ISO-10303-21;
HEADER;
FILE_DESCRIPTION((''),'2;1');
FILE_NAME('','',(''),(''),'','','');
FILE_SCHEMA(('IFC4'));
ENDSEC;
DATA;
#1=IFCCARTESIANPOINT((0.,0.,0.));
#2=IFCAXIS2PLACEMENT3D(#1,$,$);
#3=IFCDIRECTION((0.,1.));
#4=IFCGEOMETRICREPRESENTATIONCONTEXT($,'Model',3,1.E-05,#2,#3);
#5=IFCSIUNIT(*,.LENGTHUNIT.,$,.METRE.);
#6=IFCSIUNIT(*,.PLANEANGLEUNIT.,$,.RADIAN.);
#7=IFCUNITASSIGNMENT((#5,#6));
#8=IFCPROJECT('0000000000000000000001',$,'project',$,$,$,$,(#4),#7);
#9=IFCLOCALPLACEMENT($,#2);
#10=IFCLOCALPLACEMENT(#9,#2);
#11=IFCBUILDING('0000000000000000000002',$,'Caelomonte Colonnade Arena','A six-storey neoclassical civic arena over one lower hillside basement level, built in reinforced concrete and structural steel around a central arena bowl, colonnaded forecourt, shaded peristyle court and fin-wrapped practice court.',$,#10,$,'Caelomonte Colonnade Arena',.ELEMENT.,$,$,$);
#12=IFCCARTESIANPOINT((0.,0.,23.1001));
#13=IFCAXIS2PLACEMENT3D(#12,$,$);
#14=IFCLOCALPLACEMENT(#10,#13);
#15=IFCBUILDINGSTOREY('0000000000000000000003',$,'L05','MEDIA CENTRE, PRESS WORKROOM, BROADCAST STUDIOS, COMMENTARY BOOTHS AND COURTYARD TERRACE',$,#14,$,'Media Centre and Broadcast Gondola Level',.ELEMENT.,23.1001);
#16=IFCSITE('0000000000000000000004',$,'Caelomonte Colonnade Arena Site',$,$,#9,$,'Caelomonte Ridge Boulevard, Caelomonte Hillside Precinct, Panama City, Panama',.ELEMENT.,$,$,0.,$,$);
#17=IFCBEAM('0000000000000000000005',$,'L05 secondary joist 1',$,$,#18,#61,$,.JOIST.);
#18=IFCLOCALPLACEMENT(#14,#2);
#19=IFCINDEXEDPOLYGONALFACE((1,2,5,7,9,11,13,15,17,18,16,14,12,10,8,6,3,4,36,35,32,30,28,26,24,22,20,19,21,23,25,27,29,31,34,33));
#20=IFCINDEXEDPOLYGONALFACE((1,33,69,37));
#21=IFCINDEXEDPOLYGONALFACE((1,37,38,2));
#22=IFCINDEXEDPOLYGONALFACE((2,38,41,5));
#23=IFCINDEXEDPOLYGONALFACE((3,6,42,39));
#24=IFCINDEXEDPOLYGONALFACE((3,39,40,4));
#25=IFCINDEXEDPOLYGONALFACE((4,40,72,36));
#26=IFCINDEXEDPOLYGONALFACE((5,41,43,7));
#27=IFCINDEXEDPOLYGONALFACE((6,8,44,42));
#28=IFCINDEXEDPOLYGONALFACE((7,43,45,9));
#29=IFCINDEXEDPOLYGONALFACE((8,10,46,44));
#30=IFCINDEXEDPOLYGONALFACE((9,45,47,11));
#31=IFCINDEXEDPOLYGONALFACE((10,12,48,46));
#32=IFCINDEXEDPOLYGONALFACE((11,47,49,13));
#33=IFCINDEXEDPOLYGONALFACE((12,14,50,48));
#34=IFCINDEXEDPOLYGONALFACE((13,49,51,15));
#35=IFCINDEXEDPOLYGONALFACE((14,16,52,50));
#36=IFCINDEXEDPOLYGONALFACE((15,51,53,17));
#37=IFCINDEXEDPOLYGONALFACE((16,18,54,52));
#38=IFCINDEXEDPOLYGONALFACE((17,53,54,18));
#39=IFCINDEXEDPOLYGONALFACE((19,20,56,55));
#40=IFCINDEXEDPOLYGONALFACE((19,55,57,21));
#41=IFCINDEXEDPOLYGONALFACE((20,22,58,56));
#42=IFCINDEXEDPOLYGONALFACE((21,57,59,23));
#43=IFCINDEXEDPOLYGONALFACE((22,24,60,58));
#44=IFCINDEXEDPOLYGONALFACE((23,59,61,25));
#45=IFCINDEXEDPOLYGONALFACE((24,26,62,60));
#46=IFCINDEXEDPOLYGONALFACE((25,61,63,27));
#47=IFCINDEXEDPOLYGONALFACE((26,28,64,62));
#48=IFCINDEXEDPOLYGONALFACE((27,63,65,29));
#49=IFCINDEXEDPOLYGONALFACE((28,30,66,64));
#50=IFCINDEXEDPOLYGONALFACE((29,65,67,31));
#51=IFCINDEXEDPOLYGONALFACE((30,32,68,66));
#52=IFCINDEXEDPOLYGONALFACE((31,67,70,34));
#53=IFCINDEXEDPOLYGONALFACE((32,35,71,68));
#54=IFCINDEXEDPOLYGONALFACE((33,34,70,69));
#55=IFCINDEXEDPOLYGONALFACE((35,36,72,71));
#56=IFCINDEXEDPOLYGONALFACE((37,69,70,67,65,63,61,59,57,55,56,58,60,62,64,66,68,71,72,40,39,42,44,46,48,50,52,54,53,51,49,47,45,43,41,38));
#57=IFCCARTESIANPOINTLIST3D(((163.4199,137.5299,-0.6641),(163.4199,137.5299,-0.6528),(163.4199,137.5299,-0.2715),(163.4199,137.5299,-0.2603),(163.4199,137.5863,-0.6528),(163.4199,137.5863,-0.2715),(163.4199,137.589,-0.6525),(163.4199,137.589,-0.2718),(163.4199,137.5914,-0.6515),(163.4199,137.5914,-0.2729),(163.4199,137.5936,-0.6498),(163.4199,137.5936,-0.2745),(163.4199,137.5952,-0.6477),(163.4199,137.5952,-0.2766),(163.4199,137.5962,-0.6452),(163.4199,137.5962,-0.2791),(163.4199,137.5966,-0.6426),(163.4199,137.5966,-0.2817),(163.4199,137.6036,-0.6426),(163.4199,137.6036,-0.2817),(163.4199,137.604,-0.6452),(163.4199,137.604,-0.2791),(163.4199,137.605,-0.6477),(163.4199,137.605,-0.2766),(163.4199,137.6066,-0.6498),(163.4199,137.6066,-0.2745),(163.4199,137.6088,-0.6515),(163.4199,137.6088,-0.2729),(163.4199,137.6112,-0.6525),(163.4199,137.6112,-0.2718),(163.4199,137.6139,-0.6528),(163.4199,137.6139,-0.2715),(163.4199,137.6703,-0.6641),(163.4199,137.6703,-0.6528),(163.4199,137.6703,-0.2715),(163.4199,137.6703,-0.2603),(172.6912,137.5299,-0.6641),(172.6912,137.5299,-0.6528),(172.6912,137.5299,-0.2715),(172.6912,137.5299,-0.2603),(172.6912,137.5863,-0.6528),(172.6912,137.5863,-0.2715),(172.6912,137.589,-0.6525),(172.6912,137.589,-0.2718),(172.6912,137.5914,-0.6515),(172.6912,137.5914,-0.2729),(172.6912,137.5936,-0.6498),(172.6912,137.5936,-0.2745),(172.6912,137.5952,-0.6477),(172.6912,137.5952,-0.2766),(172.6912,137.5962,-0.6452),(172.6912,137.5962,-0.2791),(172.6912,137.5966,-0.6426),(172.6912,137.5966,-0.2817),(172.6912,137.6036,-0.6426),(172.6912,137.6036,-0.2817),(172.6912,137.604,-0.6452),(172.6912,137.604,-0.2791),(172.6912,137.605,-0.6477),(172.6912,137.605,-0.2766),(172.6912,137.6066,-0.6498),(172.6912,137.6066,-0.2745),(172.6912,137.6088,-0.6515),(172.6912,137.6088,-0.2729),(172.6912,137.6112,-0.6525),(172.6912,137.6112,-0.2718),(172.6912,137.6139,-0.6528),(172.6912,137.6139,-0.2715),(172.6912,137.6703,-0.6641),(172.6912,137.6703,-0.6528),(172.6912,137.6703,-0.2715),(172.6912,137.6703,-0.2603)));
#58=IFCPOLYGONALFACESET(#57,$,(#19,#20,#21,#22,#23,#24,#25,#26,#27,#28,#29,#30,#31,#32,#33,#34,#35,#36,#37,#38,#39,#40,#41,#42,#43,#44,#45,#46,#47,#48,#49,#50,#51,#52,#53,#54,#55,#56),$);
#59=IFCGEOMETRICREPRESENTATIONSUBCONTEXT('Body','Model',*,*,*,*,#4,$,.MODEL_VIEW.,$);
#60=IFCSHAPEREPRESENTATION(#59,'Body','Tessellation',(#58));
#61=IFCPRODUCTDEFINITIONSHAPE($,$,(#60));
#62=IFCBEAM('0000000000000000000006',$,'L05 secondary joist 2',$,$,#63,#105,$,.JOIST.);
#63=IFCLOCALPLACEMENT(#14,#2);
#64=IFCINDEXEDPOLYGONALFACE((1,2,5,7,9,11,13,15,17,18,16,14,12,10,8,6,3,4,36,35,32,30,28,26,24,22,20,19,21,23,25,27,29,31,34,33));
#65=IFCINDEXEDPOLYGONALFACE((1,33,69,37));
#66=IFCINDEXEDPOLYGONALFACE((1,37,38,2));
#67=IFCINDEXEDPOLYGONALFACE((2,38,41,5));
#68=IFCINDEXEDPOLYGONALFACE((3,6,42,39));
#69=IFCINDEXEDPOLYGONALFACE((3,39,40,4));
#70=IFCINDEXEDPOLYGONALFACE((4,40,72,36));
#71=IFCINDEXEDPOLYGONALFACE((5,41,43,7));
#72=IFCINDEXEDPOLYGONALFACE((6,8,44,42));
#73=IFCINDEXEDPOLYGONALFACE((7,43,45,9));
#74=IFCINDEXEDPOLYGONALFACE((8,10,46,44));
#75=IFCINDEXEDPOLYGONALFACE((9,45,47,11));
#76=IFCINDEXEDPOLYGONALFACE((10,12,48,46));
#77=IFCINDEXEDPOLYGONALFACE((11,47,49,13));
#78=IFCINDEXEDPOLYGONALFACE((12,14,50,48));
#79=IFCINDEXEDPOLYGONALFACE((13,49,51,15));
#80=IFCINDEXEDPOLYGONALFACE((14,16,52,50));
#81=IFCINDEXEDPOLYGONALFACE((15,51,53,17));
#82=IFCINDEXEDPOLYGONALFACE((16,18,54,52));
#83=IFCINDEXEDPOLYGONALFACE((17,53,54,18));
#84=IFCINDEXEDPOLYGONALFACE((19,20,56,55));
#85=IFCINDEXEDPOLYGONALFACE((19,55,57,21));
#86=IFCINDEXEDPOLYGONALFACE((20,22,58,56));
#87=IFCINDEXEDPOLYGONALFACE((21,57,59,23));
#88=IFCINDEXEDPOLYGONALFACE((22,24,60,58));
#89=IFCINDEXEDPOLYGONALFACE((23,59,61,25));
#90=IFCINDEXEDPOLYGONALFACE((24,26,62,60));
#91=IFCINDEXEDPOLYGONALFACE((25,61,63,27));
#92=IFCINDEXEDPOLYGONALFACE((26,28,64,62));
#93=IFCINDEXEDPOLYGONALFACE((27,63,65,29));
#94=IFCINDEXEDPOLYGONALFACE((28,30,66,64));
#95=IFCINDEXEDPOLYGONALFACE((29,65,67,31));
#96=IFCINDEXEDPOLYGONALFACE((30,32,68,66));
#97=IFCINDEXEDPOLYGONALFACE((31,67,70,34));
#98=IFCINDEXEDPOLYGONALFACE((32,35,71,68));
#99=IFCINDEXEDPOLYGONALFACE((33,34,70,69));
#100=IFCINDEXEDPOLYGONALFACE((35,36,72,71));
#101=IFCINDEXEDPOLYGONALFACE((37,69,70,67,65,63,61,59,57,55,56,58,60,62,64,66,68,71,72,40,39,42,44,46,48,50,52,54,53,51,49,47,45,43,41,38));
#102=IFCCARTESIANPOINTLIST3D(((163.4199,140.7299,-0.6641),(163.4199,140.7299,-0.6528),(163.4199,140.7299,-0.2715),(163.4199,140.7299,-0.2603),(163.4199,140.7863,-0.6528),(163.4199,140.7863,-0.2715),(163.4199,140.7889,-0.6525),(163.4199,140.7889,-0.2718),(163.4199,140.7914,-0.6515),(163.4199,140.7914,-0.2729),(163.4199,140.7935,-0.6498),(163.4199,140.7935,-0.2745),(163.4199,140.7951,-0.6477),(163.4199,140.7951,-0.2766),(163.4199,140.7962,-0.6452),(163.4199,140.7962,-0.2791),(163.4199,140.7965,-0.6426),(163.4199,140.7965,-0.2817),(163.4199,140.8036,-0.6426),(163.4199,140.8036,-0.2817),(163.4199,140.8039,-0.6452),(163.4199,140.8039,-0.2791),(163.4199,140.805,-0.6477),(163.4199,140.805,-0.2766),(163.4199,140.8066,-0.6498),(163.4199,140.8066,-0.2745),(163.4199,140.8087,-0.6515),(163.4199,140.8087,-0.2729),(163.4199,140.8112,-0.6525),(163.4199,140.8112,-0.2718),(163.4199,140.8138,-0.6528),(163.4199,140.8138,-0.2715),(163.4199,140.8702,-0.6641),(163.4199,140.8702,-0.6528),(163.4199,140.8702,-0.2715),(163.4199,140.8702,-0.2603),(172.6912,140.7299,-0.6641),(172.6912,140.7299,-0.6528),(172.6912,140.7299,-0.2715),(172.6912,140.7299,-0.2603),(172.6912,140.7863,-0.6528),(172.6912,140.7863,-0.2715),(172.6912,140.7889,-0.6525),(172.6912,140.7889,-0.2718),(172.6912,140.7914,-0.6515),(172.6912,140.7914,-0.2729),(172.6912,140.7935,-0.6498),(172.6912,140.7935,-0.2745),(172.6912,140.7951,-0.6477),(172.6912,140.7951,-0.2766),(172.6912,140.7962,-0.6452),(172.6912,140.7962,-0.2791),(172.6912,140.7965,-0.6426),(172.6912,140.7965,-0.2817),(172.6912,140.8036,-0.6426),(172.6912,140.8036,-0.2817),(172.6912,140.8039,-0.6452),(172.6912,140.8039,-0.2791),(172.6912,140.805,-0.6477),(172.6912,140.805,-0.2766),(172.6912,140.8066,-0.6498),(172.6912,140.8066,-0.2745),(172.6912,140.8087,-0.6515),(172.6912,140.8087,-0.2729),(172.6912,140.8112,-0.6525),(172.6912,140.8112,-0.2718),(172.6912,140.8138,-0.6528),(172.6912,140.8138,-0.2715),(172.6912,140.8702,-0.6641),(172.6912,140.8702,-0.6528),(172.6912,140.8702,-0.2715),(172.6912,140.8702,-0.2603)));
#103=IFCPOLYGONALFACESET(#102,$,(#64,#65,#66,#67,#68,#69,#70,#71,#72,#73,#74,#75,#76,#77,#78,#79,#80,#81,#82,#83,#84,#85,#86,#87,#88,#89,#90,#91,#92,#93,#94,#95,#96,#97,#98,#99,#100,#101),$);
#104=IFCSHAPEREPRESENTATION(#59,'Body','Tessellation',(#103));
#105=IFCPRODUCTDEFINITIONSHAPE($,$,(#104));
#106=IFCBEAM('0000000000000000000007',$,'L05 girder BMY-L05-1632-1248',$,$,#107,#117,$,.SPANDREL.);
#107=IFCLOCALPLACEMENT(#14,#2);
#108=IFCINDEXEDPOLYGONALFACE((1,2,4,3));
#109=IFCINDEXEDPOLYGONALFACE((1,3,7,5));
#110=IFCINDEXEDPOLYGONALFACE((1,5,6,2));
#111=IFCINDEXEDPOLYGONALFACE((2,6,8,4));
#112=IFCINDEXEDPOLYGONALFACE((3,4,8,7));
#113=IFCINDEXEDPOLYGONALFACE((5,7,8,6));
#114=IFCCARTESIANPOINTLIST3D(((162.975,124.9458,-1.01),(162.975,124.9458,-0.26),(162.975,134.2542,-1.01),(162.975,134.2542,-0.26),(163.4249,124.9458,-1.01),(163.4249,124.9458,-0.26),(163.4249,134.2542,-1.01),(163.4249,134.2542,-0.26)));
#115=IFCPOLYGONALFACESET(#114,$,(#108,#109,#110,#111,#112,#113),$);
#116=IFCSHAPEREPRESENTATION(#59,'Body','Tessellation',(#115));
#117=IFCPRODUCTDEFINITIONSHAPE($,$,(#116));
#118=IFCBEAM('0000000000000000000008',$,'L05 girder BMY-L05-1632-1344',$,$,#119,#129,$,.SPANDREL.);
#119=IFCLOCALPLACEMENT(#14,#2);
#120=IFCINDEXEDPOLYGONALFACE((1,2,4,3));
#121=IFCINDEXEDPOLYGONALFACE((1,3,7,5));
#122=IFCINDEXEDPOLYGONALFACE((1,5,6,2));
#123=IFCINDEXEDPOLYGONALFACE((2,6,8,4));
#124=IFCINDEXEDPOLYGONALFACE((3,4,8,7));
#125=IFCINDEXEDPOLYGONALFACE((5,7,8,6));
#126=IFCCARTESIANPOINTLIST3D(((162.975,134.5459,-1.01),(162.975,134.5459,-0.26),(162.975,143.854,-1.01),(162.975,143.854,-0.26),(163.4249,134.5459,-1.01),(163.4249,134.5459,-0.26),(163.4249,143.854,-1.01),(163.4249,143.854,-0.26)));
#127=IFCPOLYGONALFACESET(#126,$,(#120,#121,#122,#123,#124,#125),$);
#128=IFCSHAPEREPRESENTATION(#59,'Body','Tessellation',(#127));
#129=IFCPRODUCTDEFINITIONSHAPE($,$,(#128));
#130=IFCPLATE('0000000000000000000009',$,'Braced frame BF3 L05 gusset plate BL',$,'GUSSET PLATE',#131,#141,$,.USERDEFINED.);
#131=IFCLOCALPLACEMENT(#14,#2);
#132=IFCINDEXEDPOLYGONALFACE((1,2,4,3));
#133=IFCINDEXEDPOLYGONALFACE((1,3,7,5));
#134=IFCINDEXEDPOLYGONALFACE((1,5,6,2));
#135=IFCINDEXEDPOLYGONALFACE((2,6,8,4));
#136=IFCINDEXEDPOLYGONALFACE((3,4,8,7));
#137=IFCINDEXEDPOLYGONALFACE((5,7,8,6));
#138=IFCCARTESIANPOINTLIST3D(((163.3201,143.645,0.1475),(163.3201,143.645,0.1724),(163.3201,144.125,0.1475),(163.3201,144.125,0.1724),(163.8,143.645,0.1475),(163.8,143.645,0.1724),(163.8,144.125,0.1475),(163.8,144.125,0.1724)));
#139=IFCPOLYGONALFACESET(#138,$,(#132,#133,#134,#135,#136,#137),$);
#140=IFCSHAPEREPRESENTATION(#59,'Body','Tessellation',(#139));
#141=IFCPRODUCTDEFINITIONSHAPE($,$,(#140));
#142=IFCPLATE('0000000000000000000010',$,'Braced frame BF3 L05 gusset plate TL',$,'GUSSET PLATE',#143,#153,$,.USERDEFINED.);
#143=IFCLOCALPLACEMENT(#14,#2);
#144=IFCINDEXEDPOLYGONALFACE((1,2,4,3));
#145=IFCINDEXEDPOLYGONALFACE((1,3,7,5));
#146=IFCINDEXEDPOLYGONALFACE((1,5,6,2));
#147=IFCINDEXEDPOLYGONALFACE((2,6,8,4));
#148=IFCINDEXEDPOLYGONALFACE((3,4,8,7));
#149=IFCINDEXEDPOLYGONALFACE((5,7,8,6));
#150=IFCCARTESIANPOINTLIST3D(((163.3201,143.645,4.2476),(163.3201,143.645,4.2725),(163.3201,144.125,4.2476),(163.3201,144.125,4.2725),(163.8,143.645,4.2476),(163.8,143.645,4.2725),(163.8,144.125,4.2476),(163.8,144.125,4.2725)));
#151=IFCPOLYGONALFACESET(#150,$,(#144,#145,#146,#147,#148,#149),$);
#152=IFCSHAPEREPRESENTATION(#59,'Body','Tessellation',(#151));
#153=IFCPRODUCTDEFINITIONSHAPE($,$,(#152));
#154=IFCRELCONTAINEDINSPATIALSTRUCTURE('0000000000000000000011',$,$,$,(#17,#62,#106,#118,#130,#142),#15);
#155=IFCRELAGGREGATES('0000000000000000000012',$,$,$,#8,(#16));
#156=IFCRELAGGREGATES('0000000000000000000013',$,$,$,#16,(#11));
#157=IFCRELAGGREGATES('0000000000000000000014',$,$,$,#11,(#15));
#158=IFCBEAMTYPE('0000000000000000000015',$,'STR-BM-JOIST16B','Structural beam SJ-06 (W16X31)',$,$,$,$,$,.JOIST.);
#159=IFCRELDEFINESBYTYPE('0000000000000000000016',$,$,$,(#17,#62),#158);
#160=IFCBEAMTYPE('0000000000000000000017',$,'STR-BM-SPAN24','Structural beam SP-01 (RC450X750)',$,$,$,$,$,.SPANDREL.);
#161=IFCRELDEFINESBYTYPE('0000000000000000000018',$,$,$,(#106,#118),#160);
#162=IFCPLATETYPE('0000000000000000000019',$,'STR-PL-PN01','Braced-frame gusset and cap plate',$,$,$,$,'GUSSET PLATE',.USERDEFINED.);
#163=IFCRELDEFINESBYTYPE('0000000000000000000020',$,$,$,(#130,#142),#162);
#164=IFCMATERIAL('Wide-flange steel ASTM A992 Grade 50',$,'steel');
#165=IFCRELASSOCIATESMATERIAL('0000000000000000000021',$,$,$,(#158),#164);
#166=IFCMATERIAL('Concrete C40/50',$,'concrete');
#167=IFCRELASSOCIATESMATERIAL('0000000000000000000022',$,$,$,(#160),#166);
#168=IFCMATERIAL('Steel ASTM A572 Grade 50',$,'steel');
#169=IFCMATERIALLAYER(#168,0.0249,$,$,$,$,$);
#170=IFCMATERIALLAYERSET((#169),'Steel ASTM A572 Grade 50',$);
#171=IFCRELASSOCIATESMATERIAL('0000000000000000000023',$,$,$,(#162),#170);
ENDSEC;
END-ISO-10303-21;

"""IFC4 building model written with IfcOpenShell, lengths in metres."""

from ifc_helpers import new_model, si_unit, direction, frame, origin, origin_2d, place, context, subcontext, project, spatial, rectangle, i_section, extrude, material, layer, layer_set, material_profile, profile_set, type_object, element, save


model = new_model("IFC4")

# Units and contexts
model_context = context("Model", 3, precision=1e-05, world=origin(), true_north=direction((0.0, 1.0)))
body_context = subcontext(model_context, "Body", "Model", "MODEL_VIEW")
ifc_project = project(units=[si_unit("LENGTHUNIT", "METRE"), si_unit("PLANEANGLEUNIT", "RADIAN")], contexts=[model_context])

# Site, building, storey
site_placement = place(None, origin())
site = spatial("IfcSite", under=ifc_project, at=site_placement, Name="Caelomonte Colonnade Arena Site", LongName="Caelomonte Ridge Boulevard, Caelomonte Hillside Precinct, Panama City, Panama", CompositionType="ELEMENT", RefElevation=0.0)
building_placement = place(site_placement, origin())
building = spatial("IfcBuilding", under=site, at=building_placement, Name="Caelomonte Colonnade Arena", Description="A six-storey neoclassical civic arena over one lower hillside basement level, built in reinforced concrete and structural steel around a central arena bowl, colonnaded forecourt, shaded peristyle court and fin-wrapped practice court.", LongName="Caelomonte Colonnade Arena", CompositionType="ELEMENT")
storey_placement = place(building_placement, frame((0.0, 0.0, 23.1001)))
storey = spatial("IfcBuildingStorey", under=building, at=storey_placement, Name="L05", Description="MEDIA CENTRE, PRESS WORKROOM, BROADCAST STUDIOS, COMMENTARY BOOTHS AND COURTYARD TERRACE", LongName="Media Centre and Broadcast Gondola Level", CompositionType="ELEMENT", Elevation=23.1001)

# Shared definitions
ifc_material_1 = material(Name="Wide-flange steel ASTM A992 Grade 50", Category="steel")

# Beams
ifc_material_profile_1 = material_profile(ifc_material_1, i_section(OverallWidth=0.1404, OverallDepth=0.4038, WebThickness=0.0071, FlangeThickness=0.0112, FilletRadius=0.0103, at=origin_2d()), Name="W16X31")
ifc_profile_set_1 = profile_set([ifc_material_profile_1], Name="Wide-flange steel ASTM A992 Grade 50")
beam_type_1 = type_object("IfcBeamType", Name="STR-BM-JOIST16B", Description="Structural beam SJ-06 (W16X31)", PredefinedType="JOIST", material=ifc_profile_set_1)
for number, where, z_axis, x_axis, name in (
    (1, (163.4199, 137.6001, -0.4622), (1.0, 0.0, 0.0), (0.0, 1.0, 0.0), "L05 secondary joist 1"),
    (2, (163.4199, 140.8, -0.4622), (1.0, 0.0, 0.0), (0.0, 1.0, 0.0), "L05 secondary joist 2"),
):
    element("IfcBeam", number, at=place(storey_placement, frame(where, z_axis=z_axis, x_axis=x_axis)), inside=storey, type_object=beam_type_1, Name=name, PredefinedType="JOIST", context=body_context, shape_type="SweptSolid", body=[
        extrude(i_section(OverallWidth=0.1404, OverallDepth=0.4038, WebThickness=0.0071, FlangeThickness=0.0112, FilletRadius=0.0103, at=origin_2d()), origin(), (0.0, 0.0, 1.0), 9.2712),
    ])
ifc_material_2 = material(Name="Concrete C40/50", Category="concrete")
ifc_material_profile_2 = material_profile(ifc_material_2, rectangle(XDim=0.45, YDim=0.75, at=origin_2d()), Name="RC450X750")
ifc_profile_set_2 = profile_set([ifc_material_profile_2], Name="Concrete C40/50")
beam_type_2 = type_object("IfcBeamType", Name="STR-BM-SPAN24", Description="Structural beam SP-01 (RC450X750)", PredefinedType="SPANDREL", material=ifc_profile_set_2)
beam_1_placement = place(storey_placement, frame((163.2, 124.9458, -0.635), z_axis=(0.0, 1.0, 0.0), x_axis=(-1.0, 0.0, 0.0)))
element("IfcBeam", 3, at=beam_1_placement, inside=storey, type_object=beam_type_2, Name="L05 girder BMY-L05-1632-1248", PredefinedType="SPANDREL", context=body_context, shape_type="SweptSolid", body=[
    extrude(rectangle(XDim=0.45, YDim=0.75, at=origin_2d()), origin(), (0.0, 0.0, 1.0), 9.3083),
])
beam_2_placement = place(storey_placement, frame((163.2, 134.5459, -0.635), z_axis=(0.0, 1.0, 0.0), x_axis=(-1.0, 0.0, 0.0)))
element("IfcBeam", 4, at=beam_2_placement, inside=storey, type_object=beam_type_2, Name="L05 girder BMY-L05-1632-1344", PredefinedType="SPANDREL", context=body_context, shape_type="SweptSolid", body=[
    extrude(rectangle(XDim=0.45, YDim=0.75, at=origin_2d()), origin(), (0.0, 0.0, 1.0), 9.3081),
])

# Plates
ifc_material_3 = material(Name="Steel ASTM A572 Grade 50", Category="steel")
ifc_layer_1 = layer(ifc_material_3, 0.0249)
ifc_layer_set_1 = layer_set([ifc_layer_1], Name="Steel ASTM A572 Grade 50")
plate_type = type_object("IfcPlateType", Name="STR-PL-PN01", Description="Braced-frame gusset and cap plate", ElementType="GUSSET PLATE", PredefinedType="USERDEFINED", material=ifc_layer_set_1)
for number, where, z_axis, x_axis, name in (
    (5, (163.5601, 143.885, 0.1475), (0.0, 0.0, 1.0), (1.0, 0.0, 0.0), "Braced frame BF3 L05 gusset plate BL"),
    (6, (163.5601, 143.885, 4.2476), (0.0, 0.0, 1.0), (1.0, 0.0, 0.0), "Braced frame BF3 L05 gusset plate TL"),
):
    element("IfcPlate", number, at=place(storey_placement, frame(where, z_axis=z_axis, x_axis=x_axis)), inside=storey, type_object=plate_type, Name=name, ObjectType="GUSSET PLATE", PredefinedType="USERDEFINED", context=body_context, shape_type="SweptSolid", body=[
        extrude(rectangle(XDim=0.48, YDim=0.48, at=origin_2d()), origin(), (0.0, 0.0, 1.0), 0.0249),
    ])

save(model, "model.ifc")
